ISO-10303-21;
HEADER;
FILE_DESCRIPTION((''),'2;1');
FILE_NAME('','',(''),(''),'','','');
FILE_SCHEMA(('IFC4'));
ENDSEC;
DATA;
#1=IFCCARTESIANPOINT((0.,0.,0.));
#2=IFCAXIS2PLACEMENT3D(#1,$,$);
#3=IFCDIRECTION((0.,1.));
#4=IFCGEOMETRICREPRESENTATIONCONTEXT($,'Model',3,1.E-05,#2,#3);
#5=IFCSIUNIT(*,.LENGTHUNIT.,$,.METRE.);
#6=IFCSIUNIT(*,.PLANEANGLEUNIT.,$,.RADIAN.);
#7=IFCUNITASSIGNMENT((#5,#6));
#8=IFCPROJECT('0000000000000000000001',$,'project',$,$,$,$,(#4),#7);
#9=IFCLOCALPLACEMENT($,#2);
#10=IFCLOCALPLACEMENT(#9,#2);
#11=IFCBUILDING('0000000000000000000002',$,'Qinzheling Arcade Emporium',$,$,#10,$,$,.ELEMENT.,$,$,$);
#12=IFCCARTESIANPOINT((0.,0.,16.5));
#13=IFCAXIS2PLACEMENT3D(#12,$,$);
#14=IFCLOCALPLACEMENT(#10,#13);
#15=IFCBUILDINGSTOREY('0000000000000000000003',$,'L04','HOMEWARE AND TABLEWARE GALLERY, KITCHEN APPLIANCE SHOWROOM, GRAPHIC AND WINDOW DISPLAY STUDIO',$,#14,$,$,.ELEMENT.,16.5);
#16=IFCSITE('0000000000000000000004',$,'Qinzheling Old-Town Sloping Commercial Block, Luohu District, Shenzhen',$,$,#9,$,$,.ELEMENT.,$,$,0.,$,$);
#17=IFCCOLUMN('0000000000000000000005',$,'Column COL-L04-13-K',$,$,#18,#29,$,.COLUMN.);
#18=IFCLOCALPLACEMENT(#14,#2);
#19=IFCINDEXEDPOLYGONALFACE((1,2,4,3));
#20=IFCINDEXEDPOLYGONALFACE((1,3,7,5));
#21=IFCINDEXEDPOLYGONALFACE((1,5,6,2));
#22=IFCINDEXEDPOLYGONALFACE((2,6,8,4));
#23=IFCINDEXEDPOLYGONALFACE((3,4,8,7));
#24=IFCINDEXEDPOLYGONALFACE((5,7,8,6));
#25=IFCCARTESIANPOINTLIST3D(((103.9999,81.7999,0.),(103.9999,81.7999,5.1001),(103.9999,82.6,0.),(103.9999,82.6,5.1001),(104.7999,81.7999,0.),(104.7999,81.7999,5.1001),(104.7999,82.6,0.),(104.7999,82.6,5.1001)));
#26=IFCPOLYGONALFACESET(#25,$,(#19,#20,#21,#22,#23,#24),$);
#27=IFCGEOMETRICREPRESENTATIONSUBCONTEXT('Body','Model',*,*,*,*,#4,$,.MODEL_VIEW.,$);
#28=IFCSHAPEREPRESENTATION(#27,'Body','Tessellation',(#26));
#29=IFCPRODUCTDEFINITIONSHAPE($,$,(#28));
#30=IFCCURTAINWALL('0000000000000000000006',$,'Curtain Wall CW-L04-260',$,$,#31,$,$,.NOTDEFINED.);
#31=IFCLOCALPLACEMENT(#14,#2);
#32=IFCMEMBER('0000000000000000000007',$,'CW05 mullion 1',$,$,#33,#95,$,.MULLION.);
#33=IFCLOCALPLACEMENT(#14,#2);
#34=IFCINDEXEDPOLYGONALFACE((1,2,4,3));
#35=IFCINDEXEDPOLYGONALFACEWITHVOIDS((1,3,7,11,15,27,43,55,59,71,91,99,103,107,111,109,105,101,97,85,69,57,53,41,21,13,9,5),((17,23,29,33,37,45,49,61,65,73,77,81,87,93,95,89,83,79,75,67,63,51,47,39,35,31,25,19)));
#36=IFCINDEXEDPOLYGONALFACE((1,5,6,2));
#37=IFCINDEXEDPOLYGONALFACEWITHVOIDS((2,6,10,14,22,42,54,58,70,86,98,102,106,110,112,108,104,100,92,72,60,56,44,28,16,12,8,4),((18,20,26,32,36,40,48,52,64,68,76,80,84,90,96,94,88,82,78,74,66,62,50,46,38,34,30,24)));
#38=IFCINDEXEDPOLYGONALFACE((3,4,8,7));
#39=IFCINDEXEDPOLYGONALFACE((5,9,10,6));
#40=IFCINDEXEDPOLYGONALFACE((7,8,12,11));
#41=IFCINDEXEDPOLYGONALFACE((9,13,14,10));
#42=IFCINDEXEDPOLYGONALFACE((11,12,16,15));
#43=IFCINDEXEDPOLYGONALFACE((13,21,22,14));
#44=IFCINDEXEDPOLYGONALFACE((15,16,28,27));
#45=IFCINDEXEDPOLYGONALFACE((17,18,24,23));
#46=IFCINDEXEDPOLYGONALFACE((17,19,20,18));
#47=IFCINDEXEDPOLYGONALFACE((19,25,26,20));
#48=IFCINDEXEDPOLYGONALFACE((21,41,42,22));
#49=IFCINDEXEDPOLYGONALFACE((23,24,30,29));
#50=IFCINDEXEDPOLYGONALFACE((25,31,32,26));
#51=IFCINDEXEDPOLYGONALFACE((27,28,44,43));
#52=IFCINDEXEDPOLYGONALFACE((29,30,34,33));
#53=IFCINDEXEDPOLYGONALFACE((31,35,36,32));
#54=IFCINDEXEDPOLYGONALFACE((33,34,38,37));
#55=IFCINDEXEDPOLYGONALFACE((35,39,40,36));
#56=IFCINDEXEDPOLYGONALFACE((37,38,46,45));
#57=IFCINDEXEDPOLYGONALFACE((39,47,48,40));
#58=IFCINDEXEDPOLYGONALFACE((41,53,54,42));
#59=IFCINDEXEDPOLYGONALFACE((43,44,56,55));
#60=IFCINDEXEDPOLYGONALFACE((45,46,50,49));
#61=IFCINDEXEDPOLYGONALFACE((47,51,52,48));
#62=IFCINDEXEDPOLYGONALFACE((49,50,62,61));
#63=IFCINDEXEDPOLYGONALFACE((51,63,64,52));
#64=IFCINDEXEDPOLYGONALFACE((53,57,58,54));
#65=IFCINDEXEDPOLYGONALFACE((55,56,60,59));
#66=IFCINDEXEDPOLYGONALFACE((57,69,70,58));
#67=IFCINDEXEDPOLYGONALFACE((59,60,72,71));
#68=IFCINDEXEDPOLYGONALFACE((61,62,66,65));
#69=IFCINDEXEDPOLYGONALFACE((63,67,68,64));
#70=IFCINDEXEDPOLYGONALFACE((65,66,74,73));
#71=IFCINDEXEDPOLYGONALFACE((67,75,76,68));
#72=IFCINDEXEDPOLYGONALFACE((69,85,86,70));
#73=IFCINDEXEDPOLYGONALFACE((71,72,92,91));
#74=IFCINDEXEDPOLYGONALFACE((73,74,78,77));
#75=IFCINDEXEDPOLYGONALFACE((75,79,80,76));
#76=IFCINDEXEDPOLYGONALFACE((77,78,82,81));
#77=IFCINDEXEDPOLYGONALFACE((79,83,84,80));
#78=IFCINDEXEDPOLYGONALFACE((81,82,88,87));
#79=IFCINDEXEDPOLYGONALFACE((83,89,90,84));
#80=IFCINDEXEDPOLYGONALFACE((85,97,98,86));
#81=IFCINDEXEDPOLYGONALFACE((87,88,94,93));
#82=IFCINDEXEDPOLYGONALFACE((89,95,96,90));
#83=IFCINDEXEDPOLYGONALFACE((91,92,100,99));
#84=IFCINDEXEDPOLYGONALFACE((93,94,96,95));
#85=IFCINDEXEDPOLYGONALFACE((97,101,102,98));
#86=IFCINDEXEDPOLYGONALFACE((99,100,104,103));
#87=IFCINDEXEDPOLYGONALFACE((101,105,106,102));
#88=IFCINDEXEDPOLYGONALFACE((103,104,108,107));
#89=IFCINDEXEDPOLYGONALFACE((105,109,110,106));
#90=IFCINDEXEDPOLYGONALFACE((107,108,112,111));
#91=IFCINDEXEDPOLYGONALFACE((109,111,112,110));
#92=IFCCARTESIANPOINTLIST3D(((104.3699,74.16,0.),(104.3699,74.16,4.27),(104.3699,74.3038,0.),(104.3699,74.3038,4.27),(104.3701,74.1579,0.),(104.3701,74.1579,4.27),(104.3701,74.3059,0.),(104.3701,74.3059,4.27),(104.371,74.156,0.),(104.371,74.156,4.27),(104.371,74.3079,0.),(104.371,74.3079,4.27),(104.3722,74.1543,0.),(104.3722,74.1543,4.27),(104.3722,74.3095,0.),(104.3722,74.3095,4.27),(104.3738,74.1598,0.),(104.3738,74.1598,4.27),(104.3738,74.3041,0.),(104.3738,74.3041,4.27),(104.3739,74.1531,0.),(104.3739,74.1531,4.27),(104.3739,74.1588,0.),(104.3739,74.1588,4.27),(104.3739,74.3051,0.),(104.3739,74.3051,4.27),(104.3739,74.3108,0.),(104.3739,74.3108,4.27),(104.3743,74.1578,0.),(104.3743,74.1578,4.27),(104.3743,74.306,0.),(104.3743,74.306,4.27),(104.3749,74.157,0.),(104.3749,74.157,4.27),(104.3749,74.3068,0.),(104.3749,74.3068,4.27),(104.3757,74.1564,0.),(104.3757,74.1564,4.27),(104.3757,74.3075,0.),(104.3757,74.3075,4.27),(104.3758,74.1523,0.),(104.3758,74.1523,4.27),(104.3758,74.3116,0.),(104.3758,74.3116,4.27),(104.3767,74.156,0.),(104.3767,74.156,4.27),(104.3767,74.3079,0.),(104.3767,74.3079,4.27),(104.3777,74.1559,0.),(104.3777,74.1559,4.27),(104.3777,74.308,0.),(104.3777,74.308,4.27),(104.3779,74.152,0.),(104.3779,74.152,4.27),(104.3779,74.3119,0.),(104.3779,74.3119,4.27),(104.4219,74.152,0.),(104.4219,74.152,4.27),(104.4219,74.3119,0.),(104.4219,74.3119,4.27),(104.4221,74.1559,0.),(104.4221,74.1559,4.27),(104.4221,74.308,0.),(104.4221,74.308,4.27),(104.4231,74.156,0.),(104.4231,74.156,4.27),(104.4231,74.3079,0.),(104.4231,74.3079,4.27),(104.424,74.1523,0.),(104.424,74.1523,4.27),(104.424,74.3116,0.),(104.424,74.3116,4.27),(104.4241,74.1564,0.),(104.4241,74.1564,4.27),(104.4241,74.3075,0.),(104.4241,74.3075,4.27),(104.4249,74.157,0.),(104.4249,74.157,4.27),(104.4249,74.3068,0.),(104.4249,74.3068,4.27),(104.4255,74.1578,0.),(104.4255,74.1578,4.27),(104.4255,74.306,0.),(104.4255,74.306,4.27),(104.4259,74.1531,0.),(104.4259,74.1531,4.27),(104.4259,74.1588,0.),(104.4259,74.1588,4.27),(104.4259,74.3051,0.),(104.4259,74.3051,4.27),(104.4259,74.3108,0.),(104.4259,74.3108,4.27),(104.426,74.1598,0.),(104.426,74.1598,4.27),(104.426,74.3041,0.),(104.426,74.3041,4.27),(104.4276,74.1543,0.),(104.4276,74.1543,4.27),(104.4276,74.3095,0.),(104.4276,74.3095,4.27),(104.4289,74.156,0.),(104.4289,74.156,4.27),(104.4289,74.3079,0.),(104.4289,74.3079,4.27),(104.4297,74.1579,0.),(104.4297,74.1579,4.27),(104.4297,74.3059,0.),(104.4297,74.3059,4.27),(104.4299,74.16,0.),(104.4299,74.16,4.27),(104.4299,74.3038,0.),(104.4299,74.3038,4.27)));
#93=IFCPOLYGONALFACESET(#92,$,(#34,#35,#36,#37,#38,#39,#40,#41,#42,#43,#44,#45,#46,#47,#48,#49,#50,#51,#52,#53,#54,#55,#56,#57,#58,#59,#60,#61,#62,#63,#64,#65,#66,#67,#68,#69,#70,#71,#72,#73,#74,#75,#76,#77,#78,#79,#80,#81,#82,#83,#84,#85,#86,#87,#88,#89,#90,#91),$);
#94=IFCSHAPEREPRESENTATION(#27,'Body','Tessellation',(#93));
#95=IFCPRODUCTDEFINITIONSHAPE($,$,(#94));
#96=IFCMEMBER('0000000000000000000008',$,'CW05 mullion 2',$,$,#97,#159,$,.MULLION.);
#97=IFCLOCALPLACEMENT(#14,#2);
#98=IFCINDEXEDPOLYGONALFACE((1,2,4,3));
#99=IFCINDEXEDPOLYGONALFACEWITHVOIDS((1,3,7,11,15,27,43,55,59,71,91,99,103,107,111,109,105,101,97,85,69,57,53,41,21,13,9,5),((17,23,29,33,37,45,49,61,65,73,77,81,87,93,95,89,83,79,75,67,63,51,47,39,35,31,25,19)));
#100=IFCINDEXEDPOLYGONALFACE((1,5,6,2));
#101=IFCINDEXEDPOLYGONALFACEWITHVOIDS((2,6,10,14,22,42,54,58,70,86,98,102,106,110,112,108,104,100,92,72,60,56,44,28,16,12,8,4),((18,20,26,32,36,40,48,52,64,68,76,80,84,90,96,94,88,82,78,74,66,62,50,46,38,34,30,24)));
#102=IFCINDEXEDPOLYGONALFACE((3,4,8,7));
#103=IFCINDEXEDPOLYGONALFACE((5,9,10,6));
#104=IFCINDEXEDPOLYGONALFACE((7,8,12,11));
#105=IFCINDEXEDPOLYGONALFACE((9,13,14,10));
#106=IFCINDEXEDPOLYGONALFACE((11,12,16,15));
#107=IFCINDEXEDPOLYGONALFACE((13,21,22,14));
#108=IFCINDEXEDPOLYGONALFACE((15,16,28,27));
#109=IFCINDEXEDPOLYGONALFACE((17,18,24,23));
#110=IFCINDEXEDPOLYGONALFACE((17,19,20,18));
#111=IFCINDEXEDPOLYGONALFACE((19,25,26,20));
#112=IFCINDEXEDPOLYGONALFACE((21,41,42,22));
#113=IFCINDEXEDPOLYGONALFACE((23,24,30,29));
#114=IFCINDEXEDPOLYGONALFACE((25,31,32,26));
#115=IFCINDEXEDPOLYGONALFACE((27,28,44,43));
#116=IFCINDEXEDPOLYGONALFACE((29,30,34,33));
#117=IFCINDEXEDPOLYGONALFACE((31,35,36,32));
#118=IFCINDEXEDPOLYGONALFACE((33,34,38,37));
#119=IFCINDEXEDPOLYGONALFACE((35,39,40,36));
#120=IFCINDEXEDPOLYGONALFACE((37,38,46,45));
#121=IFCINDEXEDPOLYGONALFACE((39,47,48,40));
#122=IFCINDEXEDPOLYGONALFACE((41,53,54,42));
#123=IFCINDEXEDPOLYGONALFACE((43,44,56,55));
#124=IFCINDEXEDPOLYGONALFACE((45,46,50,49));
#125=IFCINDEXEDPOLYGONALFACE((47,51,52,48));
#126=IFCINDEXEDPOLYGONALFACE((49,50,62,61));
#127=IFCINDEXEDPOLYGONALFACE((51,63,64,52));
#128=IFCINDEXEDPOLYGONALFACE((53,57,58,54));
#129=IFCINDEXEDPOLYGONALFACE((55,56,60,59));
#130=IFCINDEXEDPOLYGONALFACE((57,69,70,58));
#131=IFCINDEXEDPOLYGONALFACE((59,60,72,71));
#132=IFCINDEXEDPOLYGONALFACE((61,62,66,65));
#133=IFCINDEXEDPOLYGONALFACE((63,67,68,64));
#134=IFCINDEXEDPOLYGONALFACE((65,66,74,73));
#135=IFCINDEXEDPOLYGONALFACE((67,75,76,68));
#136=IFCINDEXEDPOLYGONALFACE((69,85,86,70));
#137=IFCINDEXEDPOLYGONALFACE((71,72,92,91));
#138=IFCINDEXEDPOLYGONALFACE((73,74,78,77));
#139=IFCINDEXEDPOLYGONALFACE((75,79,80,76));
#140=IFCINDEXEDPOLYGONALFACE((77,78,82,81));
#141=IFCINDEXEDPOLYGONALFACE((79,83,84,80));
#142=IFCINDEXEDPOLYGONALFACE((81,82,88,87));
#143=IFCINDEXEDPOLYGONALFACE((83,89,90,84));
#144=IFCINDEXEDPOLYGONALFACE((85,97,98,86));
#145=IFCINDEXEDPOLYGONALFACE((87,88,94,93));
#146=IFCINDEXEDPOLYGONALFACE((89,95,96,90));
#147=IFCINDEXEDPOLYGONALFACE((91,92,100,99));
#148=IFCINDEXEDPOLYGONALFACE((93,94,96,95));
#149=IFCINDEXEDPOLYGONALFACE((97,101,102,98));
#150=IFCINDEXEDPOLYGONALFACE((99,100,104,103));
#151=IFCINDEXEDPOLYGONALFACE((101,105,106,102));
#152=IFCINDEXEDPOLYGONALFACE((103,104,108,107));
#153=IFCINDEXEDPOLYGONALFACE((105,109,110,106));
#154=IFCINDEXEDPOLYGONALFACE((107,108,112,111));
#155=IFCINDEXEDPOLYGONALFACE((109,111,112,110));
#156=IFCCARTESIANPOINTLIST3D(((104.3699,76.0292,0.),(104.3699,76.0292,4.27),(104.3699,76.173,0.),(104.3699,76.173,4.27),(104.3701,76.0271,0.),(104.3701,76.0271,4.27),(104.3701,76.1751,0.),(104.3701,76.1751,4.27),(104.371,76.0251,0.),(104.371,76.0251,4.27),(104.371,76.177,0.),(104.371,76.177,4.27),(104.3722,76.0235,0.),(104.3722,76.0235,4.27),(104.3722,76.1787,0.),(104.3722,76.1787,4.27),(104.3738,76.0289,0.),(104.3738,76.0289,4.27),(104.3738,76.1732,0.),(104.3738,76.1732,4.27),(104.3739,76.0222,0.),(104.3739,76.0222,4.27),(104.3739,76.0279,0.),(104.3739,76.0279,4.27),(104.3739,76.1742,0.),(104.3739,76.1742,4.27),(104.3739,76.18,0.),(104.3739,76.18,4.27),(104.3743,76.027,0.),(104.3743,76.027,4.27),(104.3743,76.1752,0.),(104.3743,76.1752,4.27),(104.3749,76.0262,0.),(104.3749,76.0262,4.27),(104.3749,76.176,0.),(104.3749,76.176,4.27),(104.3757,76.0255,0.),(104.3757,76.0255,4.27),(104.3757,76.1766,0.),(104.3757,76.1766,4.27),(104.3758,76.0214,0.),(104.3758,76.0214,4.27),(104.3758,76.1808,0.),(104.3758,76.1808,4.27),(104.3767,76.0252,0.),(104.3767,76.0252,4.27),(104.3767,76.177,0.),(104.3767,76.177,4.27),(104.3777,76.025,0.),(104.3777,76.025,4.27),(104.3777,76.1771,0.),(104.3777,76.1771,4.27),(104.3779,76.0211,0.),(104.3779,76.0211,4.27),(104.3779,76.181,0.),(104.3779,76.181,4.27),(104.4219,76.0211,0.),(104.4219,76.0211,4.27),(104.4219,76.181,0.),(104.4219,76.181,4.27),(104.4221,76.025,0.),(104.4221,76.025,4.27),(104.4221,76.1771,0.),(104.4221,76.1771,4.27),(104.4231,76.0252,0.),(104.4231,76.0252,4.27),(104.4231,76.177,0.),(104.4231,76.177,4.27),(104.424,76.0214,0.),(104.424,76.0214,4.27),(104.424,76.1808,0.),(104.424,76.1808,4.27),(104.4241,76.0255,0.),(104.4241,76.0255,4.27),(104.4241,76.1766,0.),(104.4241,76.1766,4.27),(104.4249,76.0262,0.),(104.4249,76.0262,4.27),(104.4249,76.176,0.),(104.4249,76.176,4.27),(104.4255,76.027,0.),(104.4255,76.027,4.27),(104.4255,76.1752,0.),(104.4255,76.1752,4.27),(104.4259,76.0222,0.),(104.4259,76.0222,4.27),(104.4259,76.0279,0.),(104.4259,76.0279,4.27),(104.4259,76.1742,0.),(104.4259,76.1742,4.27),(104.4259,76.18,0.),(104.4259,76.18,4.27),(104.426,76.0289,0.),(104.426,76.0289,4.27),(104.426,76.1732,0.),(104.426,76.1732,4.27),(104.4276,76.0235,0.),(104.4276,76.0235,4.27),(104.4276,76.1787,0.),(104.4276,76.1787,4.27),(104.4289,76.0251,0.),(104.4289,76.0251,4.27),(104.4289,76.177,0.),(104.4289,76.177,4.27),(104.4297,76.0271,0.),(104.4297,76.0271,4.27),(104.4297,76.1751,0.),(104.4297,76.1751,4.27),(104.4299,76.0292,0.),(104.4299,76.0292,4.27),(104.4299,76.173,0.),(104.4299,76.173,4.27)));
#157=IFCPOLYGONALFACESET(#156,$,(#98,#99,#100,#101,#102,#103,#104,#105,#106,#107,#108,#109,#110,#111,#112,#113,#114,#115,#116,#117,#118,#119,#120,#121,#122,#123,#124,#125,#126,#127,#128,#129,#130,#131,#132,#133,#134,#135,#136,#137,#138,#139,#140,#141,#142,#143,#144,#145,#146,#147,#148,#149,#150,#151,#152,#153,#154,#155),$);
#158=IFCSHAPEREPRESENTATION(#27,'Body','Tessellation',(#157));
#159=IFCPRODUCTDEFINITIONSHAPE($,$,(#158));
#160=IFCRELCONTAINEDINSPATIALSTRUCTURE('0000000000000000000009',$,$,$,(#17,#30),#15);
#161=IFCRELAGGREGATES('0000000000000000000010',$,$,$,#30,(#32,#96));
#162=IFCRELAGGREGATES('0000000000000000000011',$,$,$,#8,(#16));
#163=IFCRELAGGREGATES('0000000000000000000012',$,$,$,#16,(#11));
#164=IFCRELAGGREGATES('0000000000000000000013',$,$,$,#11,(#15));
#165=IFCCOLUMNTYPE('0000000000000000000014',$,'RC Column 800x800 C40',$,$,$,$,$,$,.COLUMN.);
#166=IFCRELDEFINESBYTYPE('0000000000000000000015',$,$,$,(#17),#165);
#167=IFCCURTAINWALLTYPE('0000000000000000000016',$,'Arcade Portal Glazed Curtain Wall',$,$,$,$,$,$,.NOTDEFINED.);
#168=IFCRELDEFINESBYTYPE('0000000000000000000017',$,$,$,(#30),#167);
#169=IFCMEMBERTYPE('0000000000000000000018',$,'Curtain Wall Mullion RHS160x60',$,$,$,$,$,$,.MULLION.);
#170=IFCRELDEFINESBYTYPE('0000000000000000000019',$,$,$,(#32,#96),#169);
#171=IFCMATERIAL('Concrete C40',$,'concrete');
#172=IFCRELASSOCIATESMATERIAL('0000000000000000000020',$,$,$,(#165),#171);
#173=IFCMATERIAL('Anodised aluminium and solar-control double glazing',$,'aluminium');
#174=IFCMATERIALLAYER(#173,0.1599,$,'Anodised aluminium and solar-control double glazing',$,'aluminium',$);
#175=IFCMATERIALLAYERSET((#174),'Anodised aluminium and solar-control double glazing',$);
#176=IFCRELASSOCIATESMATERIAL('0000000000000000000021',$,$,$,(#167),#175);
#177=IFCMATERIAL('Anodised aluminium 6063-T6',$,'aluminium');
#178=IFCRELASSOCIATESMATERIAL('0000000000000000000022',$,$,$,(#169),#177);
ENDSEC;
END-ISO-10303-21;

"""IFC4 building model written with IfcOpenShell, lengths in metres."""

from ifc_helpers import new_model, si_unit, direction, frame, origin, origin_2d, place, context, subcontext, project, spatial, rectangle, hollow_rectangle, extrude, material, layer, layer_set, material_profile, profile_set, type_object, element, aggregate, save


model = new_model("IFC4")

# Units and contexts
model_context = context("Model", 3, precision=1e-05, world=origin(), true_north=direction((0.0, 1.0)))
body_context = subcontext(model_context, "Body", "Model", "MODEL_VIEW")
ifc_project = project(units=[si_unit("LENGTHUNIT", "METRE"), si_unit("PLANEANGLEUNIT", "RADIAN")], contexts=[model_context])

# Site, building, storey
site_placement = place(None, origin())
site = spatial("IfcSite", under=ifc_project, at=site_placement, Name="Qinzheling Old-Town Sloping Commercial Block, Luohu District, Shenzhen", CompositionType="ELEMENT", RefElevation=0.0)
building_placement = place(site_placement, origin())
building = spatial("IfcBuilding", under=site, at=building_placement, Name="Qinzheling Arcade Emporium", CompositionType="ELEMENT")
storey_placement = place(building_placement, frame((0.0, 0.0, 16.5)))
storey = spatial("IfcBuildingStorey", under=building, at=storey_placement, Name="L04", Description="HOMEWARE AND TABLEWARE GALLERY, KITCHEN APPLIANCE SHOWROOM, GRAPHIC AND WINDOW DISPLAY STUDIO", CompositionType="ELEMENT", Elevation=16.5)

# Column
ifc_material_1 = material(Name="Concrete C40", Category="concrete")
ifc_material_profile_1 = material_profile(ifc_material_1, rectangle(XDim=0.8, YDim=0.8, at=origin_2d()), Name="RC 800x800", Category="concrete")
ifc_profile_set_1 = profile_set([ifc_material_profile_1], Name="Concrete C40")
column_type = type_object("IfcColumnType", Name="RC Column 800x800 C40", PredefinedType="COLUMN", material=ifc_profile_set_1)
column_placement = place(storey_placement, frame((104.3999, 82.2, 0.0), z_axis=(0.0, 0.0, 1.0), x_axis=(1.0, 0.0, 0.0)))
element("IfcColumn", 1, at=column_placement, inside=storey, type_object=column_type, Name="Column COL-L04-13-K", PredefinedType="COLUMN", context=body_context, shape_type="SweptSolid", body=[
    extrude(rectangle(XDim=0.8, YDim=0.8, at=origin_2d()), origin(), (0.0, 0.0, 1.0), 5.1001),
])

# Curtain wall, members
ifc_material_2 = material(Name="Anodised aluminium and solar-control double glazing", Category="aluminium")
ifc_layer_1 = layer(ifc_material_2, 0.1599, Name="Anodised aluminium and solar-control double glazing", Category="aluminium")
ifc_layer_set_1 = layer_set([ifc_layer_1], Name="Anodised aluminium and solar-control double glazing")
curtain_wall_type = type_object("IfcCurtainWallType", Name="Arcade Portal Glazed Curtain Wall", PredefinedType="NOTDEFINED", material=ifc_layer_set_1)
curtain_wall_1_placement = place(storey_placement, origin())
curtain_wall_1 = element("IfcCurtainWall", 2, at=curtain_wall_1_placement, inside=storey, type_object=curtain_wall_type, Name="Curtain Wall CW-L04-260", PredefinedType="NOTDEFINED")
ifc_material_3 = material(Name="Anodised aluminium 6063-T6", Category="aluminium")
ifc_material_profile_2 = material_profile(ifc_material_3, hollow_rectangle(XDim=0.0601, YDim=0.1599, WallThickness=0.0039, InnerFilletRadius=0.0039, OuterFilletRadius=0.0081, at=origin_2d()), Name="RHS 160x60x4", Category="aluminium")
ifc_profile_set_2 = profile_set([ifc_material_profile_2], Name="Anodised aluminium 6063-T6")
member_type_1 = type_object("IfcMemberType", Name="Curtain Wall Mullion RHS160x60", PredefinedType="MULLION", material=ifc_profile_set_2)
member_1_placement = place(storey_placement, frame((104.3999, 74.2319, 0.0), z_axis=(0.0, 0.0, 1.0), x_axis=(-1.0, 0.0, 0.0)))
member_1 = element("IfcMember", 3, at=member_1_placement, type_object=member_type_1, Name="CW05 mullion 1", PredefinedType="MULLION", context=body_context, shape_type="SweptSolid", body=[
    extrude(hollow_rectangle(XDim=0.0601, YDim=0.1599, WallThickness=0.0039, InnerFilletRadius=0.0039, OuterFilletRadius=0.0081, at=origin_2d()), origin(), (0.0, 0.0, 1.0), 4.27),
])
member_2_placement = place(storey_placement, frame((104.3999, 76.1011, 0.0), z_axis=(0.0, 0.0, 1.0), x_axis=(-1.0, 0.0, 0.0)))
member_2 = element("IfcMember", 4, at=member_2_placement, type_object=member_type_1, Name="CW05 mullion 2", PredefinedType="MULLION", context=body_context, shape_type="SweptSolid", body=[
    extrude(hollow_rectangle(XDim=0.0601, YDim=0.1599, WallThickness=0.0039, InnerFilletRadius=0.0039, OuterFilletRadius=0.0081, at=origin_2d()), origin(), (0.0, 0.0, 1.0), 4.27),
])

aggregate(curtain_wall_1, [member_1, member_2])

save(model, "model.ifc")
